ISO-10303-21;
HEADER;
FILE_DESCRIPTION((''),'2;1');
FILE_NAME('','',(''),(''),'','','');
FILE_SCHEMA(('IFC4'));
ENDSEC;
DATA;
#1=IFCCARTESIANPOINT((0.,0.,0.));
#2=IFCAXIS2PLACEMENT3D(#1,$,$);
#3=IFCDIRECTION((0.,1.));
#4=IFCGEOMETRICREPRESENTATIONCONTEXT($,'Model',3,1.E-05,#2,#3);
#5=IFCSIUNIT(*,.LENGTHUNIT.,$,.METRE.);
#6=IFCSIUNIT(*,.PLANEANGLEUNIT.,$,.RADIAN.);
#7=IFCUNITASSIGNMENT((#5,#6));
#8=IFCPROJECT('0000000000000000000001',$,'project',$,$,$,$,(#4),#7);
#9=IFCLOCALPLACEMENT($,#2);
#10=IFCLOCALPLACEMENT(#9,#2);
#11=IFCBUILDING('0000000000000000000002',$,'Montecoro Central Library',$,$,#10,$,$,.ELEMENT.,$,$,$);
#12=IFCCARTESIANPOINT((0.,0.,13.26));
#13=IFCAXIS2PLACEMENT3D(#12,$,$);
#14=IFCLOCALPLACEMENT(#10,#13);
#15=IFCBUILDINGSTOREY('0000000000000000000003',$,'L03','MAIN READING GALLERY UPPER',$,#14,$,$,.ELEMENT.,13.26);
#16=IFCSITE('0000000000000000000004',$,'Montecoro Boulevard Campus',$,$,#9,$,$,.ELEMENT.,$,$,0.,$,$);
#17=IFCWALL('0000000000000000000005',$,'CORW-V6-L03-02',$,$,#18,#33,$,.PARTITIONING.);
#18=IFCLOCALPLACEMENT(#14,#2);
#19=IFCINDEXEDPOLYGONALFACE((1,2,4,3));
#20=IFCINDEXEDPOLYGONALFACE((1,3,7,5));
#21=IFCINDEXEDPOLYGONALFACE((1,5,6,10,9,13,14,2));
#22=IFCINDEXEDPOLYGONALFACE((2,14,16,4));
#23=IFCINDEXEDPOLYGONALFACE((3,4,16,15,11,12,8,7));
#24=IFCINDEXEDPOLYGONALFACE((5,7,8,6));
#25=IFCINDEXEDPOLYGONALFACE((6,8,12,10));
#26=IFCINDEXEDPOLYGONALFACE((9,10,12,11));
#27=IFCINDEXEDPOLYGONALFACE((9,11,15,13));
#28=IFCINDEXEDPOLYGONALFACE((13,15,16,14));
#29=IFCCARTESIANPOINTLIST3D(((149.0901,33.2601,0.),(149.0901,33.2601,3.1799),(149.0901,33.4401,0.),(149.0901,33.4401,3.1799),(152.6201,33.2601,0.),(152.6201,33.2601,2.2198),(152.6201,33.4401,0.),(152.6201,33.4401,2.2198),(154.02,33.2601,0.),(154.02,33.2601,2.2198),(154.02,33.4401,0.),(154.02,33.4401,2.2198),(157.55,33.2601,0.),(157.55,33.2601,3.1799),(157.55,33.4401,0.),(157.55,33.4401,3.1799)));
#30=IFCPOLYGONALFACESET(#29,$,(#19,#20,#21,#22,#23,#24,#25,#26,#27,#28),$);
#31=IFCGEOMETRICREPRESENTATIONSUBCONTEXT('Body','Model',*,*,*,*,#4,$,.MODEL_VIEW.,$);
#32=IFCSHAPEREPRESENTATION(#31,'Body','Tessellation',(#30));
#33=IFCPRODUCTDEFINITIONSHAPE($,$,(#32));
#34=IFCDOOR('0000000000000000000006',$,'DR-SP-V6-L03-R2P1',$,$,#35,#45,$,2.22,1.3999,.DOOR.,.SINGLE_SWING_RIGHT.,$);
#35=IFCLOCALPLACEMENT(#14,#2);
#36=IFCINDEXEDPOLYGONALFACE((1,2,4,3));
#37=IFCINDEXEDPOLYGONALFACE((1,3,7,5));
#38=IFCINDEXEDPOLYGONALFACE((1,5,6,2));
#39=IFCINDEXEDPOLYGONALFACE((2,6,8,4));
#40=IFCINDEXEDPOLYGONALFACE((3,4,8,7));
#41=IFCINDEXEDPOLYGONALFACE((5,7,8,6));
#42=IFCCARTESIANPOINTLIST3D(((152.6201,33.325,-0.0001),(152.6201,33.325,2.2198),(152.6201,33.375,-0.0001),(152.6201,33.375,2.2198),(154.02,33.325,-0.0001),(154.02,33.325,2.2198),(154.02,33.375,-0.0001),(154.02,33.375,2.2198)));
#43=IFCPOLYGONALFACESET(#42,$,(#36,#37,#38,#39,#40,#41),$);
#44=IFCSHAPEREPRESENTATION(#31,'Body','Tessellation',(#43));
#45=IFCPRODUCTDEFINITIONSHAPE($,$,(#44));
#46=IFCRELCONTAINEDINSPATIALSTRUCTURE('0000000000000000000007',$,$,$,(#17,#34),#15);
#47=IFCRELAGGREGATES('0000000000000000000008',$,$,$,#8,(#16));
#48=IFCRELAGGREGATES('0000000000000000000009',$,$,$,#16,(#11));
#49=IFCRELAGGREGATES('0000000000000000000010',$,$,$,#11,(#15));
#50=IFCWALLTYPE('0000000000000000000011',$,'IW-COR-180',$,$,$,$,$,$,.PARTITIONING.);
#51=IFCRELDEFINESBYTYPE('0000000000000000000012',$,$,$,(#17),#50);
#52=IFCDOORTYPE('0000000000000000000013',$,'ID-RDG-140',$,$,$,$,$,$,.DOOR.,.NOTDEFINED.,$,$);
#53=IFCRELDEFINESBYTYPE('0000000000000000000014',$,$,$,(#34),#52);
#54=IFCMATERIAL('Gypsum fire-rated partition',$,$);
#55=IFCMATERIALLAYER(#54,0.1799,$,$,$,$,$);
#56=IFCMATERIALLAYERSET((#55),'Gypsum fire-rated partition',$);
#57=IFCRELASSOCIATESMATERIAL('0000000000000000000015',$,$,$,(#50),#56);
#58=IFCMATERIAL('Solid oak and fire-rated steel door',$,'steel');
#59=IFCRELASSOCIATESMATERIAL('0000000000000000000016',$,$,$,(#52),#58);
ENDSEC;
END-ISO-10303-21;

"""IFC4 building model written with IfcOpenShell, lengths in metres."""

from ifc_helpers import new_model, si_unit, direction, frame, frame_2d, origin, place, context, subcontext, project, spatial, rectangle, extrude, material, layer, layer_set, type_object, element, fill, save


model = new_model("IFC4")

# Units and contexts
model_context = context("Model", 3, precision=1e-05, world=origin(), true_north=direction((0.0, 1.0)))
body_context = subcontext(model_context, "Body", "Model", "MODEL_VIEW")
ifc_project = project(units=[si_unit("LENGTHUNIT", "METRE"), si_unit("PLANEANGLEUNIT", "RADIAN")], contexts=[model_context])

# Site, building, storey
site_placement = place(None, origin())
site = spatial("IfcSite", under=ifc_project, at=site_placement, Name="Montecoro Boulevard Campus", CompositionType="ELEMENT", RefElevation=0.0)
building_placement = place(site_placement, origin())
building = spatial("IfcBuilding", under=site, at=building_placement, Name="Montecoro Central Library", CompositionType="ELEMENT")
storey_placement = place(building_placement, frame((0.0, 0.0, 13.26)))
storey = spatial("IfcBuildingStorey", under=building, at=storey_placement, Name="L03", Description="MAIN READING GALLERY UPPER", CompositionType="ELEMENT", Elevation=13.26)

# Wall, opening, door
ifc_material_1 = material(Name="Gypsum fire-rated partition")
ifc_layer_1 = layer(ifc_material_1, 0.1799)
ifc_layer_set_1 = layer_set([ifc_layer_1], Name="Gypsum fire-rated partition")
wall_type = type_object("IfcWallType", Name="IW-COR-180", PredefinedType="PARTITIONING", material=ifc_layer_set_1)
ifc_material_2 = material(Name="Solid oak and fire-rated steel door", Category="steel")
wall_1_placement = place(storey_placement, frame((149.0901, 33.3501, 0.0), z_axis=(0.0, 0.0, 1.0), x_axis=(1.0, 0.0, 0.0)))
wall_1 = element("IfcWall", 1, at=wall_1_placement, inside=storey, type_object=wall_type, Name="CORW-V6-L03-02", PredefinedType="PARTITIONING", context=body_context, shape_type="SweptSolid", body=[
    extrude(rectangle(XDim=8.46, YDim=0.1799, at=frame_2d((4.23, 0.0))), origin(), (0.0, 0.0, 1.0), 3.1799),
])
opening_1_placement = place(wall_1_placement, frame((3.53, 0.0, 0.0)))
opening_1 = element("IfcOpeningElement", 2, at=opening_1_placement, cuts=wall_1, PredefinedType="OPENING", context=body_context, shape_type="SweptSolid", body=[
    extrude(rectangle(XDim=1.3999, YDim=2.22, at=frame_2d((0.7, 1.1099))), frame((0.0, 0.0999, 0.0), z_axis=(0.0, -1.0, 0.0), x_axis=(1.0, 0.0, 0.0)), (0.0, 0.0, 1.0), 0.2),
])
door_type_1 = type_object("IfcDoorType", Name="ID-RDG-140", OperationType="NOTDEFINED", PredefinedType="DOOR", material=ifc_material_2)
door_1_placement = place(opening_1_placement, origin())
door_1 = element("IfcDoor", 3, at=door_1_placement, inside=storey, type_object=door_type_1, Name="DR-SP-V6-L03-R2P1", OperationType="SINGLE_SWING_RIGHT", OverallHeight=2.22, OverallWidth=1.3999, PredefinedType="DOOR", context=body_context, shape_type="SweptSolid", body=[
    extrude(rectangle(XDim=1.3999, YDim=2.22, at=frame_2d((0.7, 1.1099))), frame((0.0, 0.0249, 0.0), z_axis=(0.0, -1.0, 0.0), x_axis=(1.0, 0.0, 0.0)), (0.0, 0.0, 1.0), 0.05),
])
fill(opening_1, door_1)

save(model, "model.ifc")
